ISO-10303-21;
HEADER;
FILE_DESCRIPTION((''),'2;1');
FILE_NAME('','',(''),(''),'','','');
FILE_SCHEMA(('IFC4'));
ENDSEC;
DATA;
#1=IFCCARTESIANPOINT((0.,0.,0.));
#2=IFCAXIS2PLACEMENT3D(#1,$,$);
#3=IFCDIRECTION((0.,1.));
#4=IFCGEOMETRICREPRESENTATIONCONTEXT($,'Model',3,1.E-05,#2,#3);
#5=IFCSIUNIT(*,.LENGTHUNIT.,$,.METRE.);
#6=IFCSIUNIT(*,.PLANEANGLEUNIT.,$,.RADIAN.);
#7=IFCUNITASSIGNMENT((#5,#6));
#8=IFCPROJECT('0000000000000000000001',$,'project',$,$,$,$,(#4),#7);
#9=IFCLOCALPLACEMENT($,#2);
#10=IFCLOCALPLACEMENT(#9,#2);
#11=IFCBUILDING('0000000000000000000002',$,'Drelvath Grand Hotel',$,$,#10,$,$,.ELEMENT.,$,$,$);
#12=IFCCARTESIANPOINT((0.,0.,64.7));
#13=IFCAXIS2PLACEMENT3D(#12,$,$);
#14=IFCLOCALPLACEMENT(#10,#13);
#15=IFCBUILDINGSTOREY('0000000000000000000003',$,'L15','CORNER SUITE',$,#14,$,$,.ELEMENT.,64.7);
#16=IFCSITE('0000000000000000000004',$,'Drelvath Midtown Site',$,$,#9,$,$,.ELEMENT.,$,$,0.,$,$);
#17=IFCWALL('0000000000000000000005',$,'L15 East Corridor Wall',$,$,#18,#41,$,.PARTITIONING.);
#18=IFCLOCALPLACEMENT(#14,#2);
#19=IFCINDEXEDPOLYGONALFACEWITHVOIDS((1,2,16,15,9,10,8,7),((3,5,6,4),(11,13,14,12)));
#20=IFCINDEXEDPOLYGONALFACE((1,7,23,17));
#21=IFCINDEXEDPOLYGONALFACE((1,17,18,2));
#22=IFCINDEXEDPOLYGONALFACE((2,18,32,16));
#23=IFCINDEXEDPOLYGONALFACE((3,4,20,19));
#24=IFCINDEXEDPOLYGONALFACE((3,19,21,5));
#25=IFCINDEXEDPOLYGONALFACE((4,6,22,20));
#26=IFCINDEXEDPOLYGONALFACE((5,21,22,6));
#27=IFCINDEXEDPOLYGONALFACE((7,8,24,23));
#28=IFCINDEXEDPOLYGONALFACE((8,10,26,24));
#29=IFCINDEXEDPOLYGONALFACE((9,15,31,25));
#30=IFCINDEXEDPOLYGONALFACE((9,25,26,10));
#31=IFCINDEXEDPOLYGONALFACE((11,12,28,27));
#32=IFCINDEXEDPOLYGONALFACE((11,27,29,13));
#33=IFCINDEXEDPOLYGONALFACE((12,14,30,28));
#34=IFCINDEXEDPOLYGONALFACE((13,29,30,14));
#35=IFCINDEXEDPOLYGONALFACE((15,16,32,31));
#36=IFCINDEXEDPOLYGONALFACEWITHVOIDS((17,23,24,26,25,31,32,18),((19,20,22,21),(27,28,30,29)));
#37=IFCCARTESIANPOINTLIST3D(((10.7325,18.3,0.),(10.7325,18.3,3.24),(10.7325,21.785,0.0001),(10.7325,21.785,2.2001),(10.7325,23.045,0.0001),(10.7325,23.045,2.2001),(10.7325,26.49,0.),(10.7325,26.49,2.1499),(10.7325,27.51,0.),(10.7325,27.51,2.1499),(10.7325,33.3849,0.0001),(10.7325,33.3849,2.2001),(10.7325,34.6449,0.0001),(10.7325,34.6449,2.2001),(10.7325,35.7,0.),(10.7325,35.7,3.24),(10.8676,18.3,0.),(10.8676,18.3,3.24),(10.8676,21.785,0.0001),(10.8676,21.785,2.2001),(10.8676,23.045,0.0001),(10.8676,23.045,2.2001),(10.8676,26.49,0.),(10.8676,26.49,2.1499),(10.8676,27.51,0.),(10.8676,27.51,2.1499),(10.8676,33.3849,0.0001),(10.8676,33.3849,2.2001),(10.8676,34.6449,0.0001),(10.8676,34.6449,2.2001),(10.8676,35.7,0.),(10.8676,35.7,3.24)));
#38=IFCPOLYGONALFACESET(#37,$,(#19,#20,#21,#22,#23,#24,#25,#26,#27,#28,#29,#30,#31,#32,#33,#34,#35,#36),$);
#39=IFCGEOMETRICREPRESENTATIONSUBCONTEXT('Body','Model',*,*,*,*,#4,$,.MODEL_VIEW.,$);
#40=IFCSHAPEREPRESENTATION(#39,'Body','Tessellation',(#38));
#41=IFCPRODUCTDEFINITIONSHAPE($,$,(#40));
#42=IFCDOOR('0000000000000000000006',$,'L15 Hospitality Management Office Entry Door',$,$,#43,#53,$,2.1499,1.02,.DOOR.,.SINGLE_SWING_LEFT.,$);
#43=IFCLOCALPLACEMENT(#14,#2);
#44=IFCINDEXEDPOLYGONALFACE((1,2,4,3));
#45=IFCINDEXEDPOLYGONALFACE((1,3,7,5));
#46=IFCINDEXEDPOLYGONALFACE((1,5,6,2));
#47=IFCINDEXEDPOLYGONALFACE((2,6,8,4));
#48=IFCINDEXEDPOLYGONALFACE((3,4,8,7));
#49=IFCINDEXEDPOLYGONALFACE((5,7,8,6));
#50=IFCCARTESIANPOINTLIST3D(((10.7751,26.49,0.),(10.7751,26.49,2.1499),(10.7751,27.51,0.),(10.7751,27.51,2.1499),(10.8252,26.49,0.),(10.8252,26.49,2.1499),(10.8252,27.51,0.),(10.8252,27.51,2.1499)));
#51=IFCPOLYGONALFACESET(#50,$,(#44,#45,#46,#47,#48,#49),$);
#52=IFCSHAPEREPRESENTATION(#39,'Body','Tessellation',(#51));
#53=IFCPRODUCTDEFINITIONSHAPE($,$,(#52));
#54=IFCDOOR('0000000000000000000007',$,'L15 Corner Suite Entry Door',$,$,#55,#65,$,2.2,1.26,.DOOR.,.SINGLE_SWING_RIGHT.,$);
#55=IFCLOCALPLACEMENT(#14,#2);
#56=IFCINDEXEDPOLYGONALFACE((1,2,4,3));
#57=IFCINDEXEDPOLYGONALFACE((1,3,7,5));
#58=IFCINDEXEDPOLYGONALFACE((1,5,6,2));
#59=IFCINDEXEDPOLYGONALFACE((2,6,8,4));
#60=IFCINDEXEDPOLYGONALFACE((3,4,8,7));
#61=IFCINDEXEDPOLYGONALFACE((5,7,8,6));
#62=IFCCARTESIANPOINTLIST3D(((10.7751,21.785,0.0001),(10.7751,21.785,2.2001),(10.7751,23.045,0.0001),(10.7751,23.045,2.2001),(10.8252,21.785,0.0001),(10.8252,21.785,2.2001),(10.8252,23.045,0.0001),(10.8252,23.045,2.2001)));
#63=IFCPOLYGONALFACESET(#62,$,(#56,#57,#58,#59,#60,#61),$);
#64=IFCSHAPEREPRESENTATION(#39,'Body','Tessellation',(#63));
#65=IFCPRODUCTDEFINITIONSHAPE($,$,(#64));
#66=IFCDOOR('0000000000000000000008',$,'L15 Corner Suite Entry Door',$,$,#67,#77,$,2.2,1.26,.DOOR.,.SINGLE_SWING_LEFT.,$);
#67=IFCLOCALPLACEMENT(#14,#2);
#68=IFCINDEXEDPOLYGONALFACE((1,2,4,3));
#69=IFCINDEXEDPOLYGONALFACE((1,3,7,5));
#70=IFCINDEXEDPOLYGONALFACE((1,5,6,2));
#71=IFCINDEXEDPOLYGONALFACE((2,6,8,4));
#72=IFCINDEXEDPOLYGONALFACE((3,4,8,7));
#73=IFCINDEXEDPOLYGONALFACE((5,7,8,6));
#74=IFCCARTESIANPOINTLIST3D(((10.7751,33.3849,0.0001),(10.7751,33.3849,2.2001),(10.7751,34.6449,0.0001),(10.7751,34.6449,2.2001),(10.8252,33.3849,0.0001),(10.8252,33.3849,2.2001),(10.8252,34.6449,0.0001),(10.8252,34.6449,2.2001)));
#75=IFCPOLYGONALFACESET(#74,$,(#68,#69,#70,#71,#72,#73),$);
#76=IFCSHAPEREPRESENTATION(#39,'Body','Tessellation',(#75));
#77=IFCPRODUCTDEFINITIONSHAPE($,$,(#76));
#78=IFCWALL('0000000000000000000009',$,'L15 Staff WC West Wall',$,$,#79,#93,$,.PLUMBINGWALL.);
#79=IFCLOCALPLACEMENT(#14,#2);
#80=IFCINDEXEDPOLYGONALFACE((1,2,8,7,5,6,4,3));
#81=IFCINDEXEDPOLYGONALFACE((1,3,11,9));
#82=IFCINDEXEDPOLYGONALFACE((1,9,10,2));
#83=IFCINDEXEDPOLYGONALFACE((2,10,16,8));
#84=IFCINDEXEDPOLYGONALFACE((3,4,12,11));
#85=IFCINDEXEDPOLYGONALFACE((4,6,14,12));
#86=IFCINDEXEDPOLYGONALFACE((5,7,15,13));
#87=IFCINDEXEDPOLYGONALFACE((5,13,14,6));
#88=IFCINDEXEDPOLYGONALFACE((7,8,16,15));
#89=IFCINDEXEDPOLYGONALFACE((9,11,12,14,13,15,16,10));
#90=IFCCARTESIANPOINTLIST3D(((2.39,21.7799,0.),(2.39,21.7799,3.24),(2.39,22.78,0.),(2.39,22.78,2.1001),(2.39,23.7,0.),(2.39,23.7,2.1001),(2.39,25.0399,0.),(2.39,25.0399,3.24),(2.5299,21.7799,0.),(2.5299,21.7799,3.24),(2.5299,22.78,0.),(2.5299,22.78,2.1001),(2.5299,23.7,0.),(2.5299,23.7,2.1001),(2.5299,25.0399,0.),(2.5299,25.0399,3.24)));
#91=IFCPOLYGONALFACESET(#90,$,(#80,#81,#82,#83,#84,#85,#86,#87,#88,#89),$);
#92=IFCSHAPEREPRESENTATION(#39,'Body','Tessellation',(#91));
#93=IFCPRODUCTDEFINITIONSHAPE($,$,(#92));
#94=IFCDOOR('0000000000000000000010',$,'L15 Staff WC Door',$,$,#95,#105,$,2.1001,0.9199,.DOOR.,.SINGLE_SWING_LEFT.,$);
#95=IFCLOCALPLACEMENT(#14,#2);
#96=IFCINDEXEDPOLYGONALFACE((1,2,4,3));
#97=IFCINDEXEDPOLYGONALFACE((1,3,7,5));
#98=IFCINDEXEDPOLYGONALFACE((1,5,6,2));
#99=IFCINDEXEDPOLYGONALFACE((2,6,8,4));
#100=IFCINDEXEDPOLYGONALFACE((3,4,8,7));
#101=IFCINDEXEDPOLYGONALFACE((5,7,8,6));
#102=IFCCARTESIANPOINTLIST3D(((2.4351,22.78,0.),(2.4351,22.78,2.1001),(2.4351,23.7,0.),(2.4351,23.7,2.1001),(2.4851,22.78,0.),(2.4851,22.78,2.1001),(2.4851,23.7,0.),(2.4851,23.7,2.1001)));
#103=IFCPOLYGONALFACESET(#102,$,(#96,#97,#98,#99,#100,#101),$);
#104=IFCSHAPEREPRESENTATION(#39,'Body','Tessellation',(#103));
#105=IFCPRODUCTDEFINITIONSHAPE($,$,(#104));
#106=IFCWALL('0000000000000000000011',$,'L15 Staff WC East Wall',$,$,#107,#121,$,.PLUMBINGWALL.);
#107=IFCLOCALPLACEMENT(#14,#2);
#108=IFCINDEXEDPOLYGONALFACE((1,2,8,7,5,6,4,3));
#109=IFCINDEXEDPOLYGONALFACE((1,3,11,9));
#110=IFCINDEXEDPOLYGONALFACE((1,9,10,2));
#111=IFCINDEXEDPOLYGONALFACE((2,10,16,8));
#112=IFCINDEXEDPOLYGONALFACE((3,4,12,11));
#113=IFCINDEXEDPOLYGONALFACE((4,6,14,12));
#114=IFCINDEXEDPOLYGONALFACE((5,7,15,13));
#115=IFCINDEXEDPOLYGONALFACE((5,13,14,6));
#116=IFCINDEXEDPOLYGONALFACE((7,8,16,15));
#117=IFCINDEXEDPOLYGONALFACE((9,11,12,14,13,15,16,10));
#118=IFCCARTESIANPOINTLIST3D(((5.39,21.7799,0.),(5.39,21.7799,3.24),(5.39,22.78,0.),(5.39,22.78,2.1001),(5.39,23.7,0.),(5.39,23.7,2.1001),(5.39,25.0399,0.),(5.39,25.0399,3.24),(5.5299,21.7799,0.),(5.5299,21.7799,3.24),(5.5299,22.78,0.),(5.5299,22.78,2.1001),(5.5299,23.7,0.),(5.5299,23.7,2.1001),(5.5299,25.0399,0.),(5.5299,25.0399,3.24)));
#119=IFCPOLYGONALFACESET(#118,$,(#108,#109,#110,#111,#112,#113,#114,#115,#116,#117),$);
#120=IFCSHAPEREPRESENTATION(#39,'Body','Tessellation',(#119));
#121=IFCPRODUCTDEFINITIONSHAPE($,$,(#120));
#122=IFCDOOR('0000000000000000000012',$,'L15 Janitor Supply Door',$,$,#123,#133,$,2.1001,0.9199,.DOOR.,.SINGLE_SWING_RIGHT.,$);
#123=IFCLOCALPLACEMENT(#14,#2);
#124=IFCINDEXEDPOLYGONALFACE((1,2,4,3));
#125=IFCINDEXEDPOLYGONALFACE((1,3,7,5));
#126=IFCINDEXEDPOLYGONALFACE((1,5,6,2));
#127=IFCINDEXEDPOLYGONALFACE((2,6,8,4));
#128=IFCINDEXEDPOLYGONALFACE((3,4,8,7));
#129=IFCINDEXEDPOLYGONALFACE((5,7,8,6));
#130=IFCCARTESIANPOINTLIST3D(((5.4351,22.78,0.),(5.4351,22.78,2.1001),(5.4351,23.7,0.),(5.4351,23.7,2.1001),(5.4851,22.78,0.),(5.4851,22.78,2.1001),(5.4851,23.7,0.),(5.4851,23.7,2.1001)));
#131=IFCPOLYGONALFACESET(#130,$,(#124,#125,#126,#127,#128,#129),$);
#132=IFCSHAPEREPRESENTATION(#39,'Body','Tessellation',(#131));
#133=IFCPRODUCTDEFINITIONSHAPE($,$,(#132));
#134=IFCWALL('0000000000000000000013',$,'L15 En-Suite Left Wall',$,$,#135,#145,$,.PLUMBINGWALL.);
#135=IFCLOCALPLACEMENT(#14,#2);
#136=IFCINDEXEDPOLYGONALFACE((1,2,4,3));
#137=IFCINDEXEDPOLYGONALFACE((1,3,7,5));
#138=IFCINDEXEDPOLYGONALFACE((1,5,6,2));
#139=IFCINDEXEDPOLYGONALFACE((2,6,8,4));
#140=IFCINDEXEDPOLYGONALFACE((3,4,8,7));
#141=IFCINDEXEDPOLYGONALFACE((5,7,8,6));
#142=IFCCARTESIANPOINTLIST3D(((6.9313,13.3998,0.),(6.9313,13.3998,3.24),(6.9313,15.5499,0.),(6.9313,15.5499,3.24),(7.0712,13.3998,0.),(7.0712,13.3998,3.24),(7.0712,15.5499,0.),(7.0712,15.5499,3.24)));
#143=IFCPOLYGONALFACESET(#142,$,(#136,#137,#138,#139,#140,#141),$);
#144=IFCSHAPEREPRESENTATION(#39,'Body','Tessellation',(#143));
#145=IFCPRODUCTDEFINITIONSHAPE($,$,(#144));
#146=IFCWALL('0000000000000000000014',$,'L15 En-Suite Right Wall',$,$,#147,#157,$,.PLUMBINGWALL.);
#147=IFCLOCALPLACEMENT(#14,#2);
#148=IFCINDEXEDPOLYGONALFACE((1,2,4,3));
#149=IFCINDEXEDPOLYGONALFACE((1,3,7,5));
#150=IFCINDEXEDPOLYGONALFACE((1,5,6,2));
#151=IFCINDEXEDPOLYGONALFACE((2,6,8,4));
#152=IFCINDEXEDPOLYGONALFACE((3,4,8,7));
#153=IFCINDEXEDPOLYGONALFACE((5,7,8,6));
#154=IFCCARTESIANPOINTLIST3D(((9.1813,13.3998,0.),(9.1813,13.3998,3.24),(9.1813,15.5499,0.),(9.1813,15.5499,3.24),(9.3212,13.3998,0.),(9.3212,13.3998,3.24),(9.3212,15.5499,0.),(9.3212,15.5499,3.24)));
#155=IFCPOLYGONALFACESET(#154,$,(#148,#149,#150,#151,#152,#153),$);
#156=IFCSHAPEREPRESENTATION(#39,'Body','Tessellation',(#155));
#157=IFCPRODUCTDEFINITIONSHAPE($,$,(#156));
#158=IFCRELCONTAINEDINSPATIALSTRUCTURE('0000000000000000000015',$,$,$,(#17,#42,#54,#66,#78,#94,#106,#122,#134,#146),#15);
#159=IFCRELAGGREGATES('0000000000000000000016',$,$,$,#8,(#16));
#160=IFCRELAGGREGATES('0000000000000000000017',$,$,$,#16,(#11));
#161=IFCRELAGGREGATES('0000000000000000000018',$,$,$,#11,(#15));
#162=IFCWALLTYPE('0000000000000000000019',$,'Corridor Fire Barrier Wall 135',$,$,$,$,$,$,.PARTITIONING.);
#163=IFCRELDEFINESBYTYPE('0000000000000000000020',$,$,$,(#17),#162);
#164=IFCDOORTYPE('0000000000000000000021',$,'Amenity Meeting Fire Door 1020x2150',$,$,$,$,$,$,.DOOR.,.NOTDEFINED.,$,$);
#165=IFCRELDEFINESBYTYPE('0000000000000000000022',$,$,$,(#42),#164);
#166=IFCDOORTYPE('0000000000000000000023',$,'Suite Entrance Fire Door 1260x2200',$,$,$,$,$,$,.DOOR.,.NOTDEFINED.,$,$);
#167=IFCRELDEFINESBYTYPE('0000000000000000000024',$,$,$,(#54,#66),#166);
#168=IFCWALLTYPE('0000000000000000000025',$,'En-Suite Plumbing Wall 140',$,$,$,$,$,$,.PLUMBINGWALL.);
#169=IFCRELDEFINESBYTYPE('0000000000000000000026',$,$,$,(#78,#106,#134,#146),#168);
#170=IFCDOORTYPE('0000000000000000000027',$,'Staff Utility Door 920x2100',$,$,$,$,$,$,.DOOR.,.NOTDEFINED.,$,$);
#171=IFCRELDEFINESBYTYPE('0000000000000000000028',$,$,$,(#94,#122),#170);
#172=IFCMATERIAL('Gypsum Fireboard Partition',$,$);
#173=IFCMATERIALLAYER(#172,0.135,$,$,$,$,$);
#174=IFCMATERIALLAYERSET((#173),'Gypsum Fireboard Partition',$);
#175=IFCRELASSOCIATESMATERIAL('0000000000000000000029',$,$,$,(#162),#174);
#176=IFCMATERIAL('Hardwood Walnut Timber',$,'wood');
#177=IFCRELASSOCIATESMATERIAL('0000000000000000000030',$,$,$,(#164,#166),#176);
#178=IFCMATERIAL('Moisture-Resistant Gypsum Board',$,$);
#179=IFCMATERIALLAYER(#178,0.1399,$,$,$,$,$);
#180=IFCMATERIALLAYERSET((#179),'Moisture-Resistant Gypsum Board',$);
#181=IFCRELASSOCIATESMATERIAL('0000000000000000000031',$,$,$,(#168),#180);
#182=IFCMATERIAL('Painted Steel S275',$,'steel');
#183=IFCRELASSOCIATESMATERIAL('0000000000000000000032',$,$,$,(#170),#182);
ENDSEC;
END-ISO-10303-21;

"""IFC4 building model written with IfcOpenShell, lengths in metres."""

from ifc_helpers import new_model, si_unit, direction, frame, frame_2d, origin, place, context, subcontext, project, spatial, rectangle, extrude, material, layer, layer_set, type_object, element, fill, save


model = new_model("IFC4")

# Units and contexts
model_context = context("Model", 3, precision=1e-05, world=origin(), true_north=direction((0.0, 1.0)))
body_context = subcontext(model_context, "Body", "Model", "MODEL_VIEW")
ifc_project = project(units=[si_unit("LENGTHUNIT", "METRE"), si_unit("PLANEANGLEUNIT", "RADIAN")], contexts=[model_context])

# Site, building, storey
site_placement = place(None, origin())
site = spatial("IfcSite", under=ifc_project, at=site_placement, Name="Drelvath Midtown Site", CompositionType="ELEMENT", RefElevation=0.0)
building_placement = place(site_placement, origin())
building = spatial("IfcBuilding", under=site, at=building_placement, Name="Drelvath Grand Hotel", CompositionType="ELEMENT")
storey_placement = place(building_placement, frame((0.0, 0.0, 64.7)))
storey = spatial("IfcBuildingStorey", under=building, at=storey_placement, Name="L15", Description="CORNER SUITE", CompositionType="ELEMENT", Elevation=64.7)

# Shared definitions
ifc_material_1 = material(Name="Gypsum Fireboard Partition")
ifc_layer_1 = layer(ifc_material_1, 0.135)
ifc_layer_set_1 = layer_set([ifc_layer_1], Name="Gypsum Fireboard Partition")
wall_type_1 = type_object("IfcWallType", Name="Corridor Fire Barrier Wall 135", PredefinedType="PARTITIONING", material=ifc_layer_set_1)

# Wall, openings, doors
wall_1_placement = place(storey_placement, frame((10.8, 18.3, 0.0), z_axis=(0.0, 0.0, 1.0), x_axis=(0.0, 1.0, 0.0)))
wall_1 = element("IfcWall", 1, at=wall_1_placement, inside=storey, type_object=wall_type_1, Name="L15 East Corridor Wall", PredefinedType="PARTITIONING", context=body_context, shape_type="SweptSolid", body=[
    extrude(rectangle(XDim=17.3999, YDim=0.135, at=frame_2d((8.7, 0.0))), origin(), (0.0, 0.0, 1.0), 3.24),
])
opening_1_placement = place(wall_1_placement, frame((3.4851, 0.0, 0.0)))
opening_1 = element("IfcOpeningElement", 2, at=opening_1_placement, cuts=wall_1, PredefinedType="OPENING", context=body_context, shape_type="SweptSolid", body=[
    extrude(rectangle(XDim=1.26, YDim=2.2, at=frame_2d((0.6299, 1.1001))), frame((0.0, 0.0774, 0.0), z_axis=(0.0, -1.0, 0.0), x_axis=(1.0, 0.0, 0.0)), (0.0, 0.0, 1.0), 0.155),
])
opening_2_placement = place(wall_1_placement, frame((8.1899, 0.0, 0.0)))
opening_2 = element("IfcOpeningElement", 3, at=opening_2_placement, cuts=wall_1, PredefinedType="OPENING", context=body_context, shape_type="SweptSolid", body=[
    extrude(rectangle(XDim=1.02, YDim=2.1499, at=frame_2d((0.51, 1.075))), frame((0.0, 0.0774, 0.0), z_axis=(0.0, -1.0, 0.0), x_axis=(1.0, 0.0, 0.0)), (0.0, 0.0, 1.0), 0.155),
])
opening_3_placement = place(wall_1_placement, frame((15.085, 0.0, 0.0)))
opening_3 = element("IfcOpeningElement", 4, at=opening_3_placement, cuts=wall_1, PredefinedType="OPENING", context=body_context, shape_type="SweptSolid", body=[
    extrude(rectangle(XDim=1.26, YDim=2.2, at=frame_2d((0.6299, 1.1001))), frame((0.0, 0.0774, 0.0), z_axis=(0.0, -1.0, 0.0), x_axis=(1.0, 0.0, 0.0)), (0.0, 0.0, 1.0), 0.155),
])
ifc_material_2 = material(Name="Hardwood Walnut Timber", Category="wood")
door_type_1 = type_object("IfcDoorType", Name="Amenity Meeting Fire Door 1020x2150", OperationType="NOTDEFINED", PredefinedType="DOOR", material=ifc_material_2)
door_1_placement = place(opening_2_placement, origin())
door_1 = element("IfcDoor", 5, at=door_1_placement, inside=storey, type_object=door_type_1, Name="L15 Hospitality Management Office Entry Door", OperationType="SINGLE_SWING_LEFT", OverallHeight=2.1499, OverallWidth=1.02, PredefinedType="DOOR", context=body_context, shape_type="SweptSolid", body=[
    extrude(rectangle(XDim=1.02, YDim=2.1499, at=frame_2d((0.51, 1.075))), frame((0.0, 0.0249, 0.0), z_axis=(0.0, -1.0, 0.0), x_axis=(1.0, 0.0, 0.0)), (0.0, 0.0, 1.0), 0.05),
])
fill(opening_2, door_1)
door_type_2 = type_object("IfcDoorType", Name="Suite Entrance Fire Door 1260x2200", OperationType="NOTDEFINED", PredefinedType="DOOR", material=ifc_material_2)
door_2_placement = place(opening_1_placement, origin())
door_2 = element("IfcDoor", 6, at=door_2_placement, inside=storey, type_object=door_type_2, Name="L15 Corner Suite Entry Door", OperationType="SINGLE_SWING_RIGHT", OverallHeight=2.2, OverallWidth=1.26, PredefinedType="DOOR", context=body_context, shape_type="SweptSolid", body=[
    extrude(rectangle(XDim=1.26, YDim=2.2, at=frame_2d((0.6299, 1.1001))), frame((0.0, 0.0249, 0.0), z_axis=(0.0, -1.0, 0.0), x_axis=(1.0, 0.0, 0.0)), (0.0, 0.0, 1.0), 0.05),
])
fill(opening_1, door_2)
door_3_placement = place(opening_3_placement, origin())
door_3 = element("IfcDoor", 7, at=door_3_placement, inside=storey, type_object=door_type_2, Name="L15 Corner Suite Entry Door", OperationType="SINGLE_SWING_LEFT", OverallHeight=2.2, OverallWidth=1.26, PredefinedType="DOOR", context=body_context, shape_type="SweptSolid", body=[
    extrude(rectangle(XDim=1.26, YDim=2.2, at=frame_2d((0.6299, 1.1001))), frame((0.0, 0.0249, 0.0), z_axis=(0.0, -1.0, 0.0), x_axis=(1.0, 0.0, 0.0)), (0.0, 0.0, 1.0), 0.05),
])
fill(opening_3, door_3)

# Walls, openings, doors
ifc_material_3 = material(Name="Moisture-Resistant Gypsum Board")
ifc_layer_2 = layer(ifc_material_3, 0.1399)
ifc_layer_set_2 = layer_set([ifc_layer_2], Name="Moisture-Resistant Gypsum Board")
wall_type_2 = type_object("IfcWallType", Name="En-Suite Plumbing Wall 140", PredefinedType="PLUMBINGWALL", material=ifc_layer_set_2)
wall_2_placement = place(storey_placement, frame((2.46, 21.78, 0.0), z_axis=(0.0, 0.0, 1.0), x_axis=(0.0, 1.0, 0.0)))
wall_2 = element("IfcWall", 8, at=wall_2_placement, inside=storey, type_object=wall_type_2, Name="L15 Staff WC West Wall", PredefinedType="PLUMBINGWALL", context=body_context, shape_type="SweptSolid", body=[
    extrude(rectangle(XDim=3.26, YDim=0.1399, at=frame_2d((1.6299, 0.0))), origin(), (0.0, 0.0, 1.0), 3.24),
])
opening_4_placement = place(wall_2_placement, frame((1.0, 0.0, 0.0)))
opening_4 = element("IfcOpeningElement", 9, at=opening_4_placement, cuts=wall_2, PredefinedType="OPENING", context=body_context, shape_type="SweptSolid", body=[
    extrude(rectangle(XDim=0.9199, YDim=2.1001, at=frame_2d((0.46, 1.05))), frame((0.0, 0.0798, 0.0), z_axis=(0.0, -1.0, 0.0), x_axis=(1.0, 0.0, 0.0)), (0.0, 0.0, 1.0), 0.1599),
])
ifc_material_4 = material(Name="Painted Steel S275", Category="steel")
door_type_3 = type_object("IfcDoorType", Name="Staff Utility Door 920x2100", OperationType="NOTDEFINED", PredefinedType="DOOR", material=ifc_material_4)
door_4_placement = place(opening_4_placement, origin())
door_4 = element("IfcDoor", 10, at=door_4_placement, inside=storey, type_object=door_type_3, Name="L15 Staff WC Door", OperationType="SINGLE_SWING_LEFT", OverallHeight=2.1001, OverallWidth=0.9199, PredefinedType="DOOR", context=body_context, shape_type="SweptSolid", body=[
    extrude(rectangle(XDim=0.9199, YDim=2.1001, at=frame_2d((0.46, 1.05))), frame((0.0, 0.0249, 0.0), z_axis=(0.0, -1.0, 0.0), x_axis=(1.0, 0.0, 0.0)), (0.0, 0.0, 1.0), 0.05),
])
fill(opening_4, door_4)
wall_3_placement = place(storey_placement, frame((5.46, 21.78, 0.0), z_axis=(0.0, 0.0, 1.0), x_axis=(0.0, 1.0, 0.0)))
wall_3 = element("IfcWall", 11, at=wall_3_placement, inside=storey, type_object=wall_type_2, Name="L15 Staff WC East Wall", PredefinedType="PLUMBINGWALL", context=body_context, shape_type="SweptSolid", body=[
    extrude(rectangle(XDim=3.26, YDim=0.1399, at=frame_2d((1.6299, 0.0))), origin(), (0.0, 0.0, 1.0), 3.24),
])
opening_5_placement = place(wall_3_placement, frame((1.0, 0.0, 0.0)))
opening_5 = element("IfcOpeningElement", 12, at=opening_5_placement, cuts=wall_3, PredefinedType="OPENING", context=body_context, shape_type="SweptSolid", body=[
    extrude(rectangle(XDim=0.9199, YDim=2.1001, at=frame_2d((0.46, 1.05))), frame((0.0, 0.0798, 0.0), z_axis=(0.0, -1.0, 0.0), x_axis=(1.0, 0.0, 0.0)), (0.0, 0.0, 1.0), 0.1599),
])
door_5_placement = place(opening_5_placement, origin())
door_5 = element("IfcDoor", 13, at=door_5_placement, inside=storey, type_object=door_type_3, Name="L15 Janitor Supply Door", OperationType="SINGLE_SWING_RIGHT", OverallHeight=2.1001, OverallWidth=0.9199, PredefinedType="DOOR", context=body_context, shape_type="SweptSolid", body=[
    extrude(rectangle(XDim=0.9199, YDim=2.1001, at=frame_2d((0.46, 1.05))), frame((0.0, 0.0249, 0.0), z_axis=(0.0, -1.0, 0.0), x_axis=(1.0, 0.0, 0.0)), (0.0, 0.0, 1.0), 0.05),
])
fill(opening_5, door_5)

# Walls
for number, where, z_axis, x_axis, name in (
    (14, (7.0012, 15.55, 0.0), (0.0, 0.0, 1.0), (0.0, -1.0, 0.0), "L15 En-Suite Left Wall"),
    (15, (9.2512, 15.55, 0.0), (0.0, 0.0, 1.0), (0.0, -1.0, 0.0), "L15 En-Suite Right Wall"),
):
    element("IfcWall", number, at=place(storey_placement, frame(where, z_axis=z_axis, x_axis=x_axis)), inside=storey, type_object=wall_type_2, Name=name, PredefinedType="PLUMBINGWALL", context=body_context, shape_type="SweptSolid", body=[
        extrude(rectangle(XDim=2.1501, YDim=0.1399, at=frame_2d((1.0752, 0.0))), origin(), (0.0, 0.0, 1.0), 3.24),
    ])

save(model, "model.ifc")
